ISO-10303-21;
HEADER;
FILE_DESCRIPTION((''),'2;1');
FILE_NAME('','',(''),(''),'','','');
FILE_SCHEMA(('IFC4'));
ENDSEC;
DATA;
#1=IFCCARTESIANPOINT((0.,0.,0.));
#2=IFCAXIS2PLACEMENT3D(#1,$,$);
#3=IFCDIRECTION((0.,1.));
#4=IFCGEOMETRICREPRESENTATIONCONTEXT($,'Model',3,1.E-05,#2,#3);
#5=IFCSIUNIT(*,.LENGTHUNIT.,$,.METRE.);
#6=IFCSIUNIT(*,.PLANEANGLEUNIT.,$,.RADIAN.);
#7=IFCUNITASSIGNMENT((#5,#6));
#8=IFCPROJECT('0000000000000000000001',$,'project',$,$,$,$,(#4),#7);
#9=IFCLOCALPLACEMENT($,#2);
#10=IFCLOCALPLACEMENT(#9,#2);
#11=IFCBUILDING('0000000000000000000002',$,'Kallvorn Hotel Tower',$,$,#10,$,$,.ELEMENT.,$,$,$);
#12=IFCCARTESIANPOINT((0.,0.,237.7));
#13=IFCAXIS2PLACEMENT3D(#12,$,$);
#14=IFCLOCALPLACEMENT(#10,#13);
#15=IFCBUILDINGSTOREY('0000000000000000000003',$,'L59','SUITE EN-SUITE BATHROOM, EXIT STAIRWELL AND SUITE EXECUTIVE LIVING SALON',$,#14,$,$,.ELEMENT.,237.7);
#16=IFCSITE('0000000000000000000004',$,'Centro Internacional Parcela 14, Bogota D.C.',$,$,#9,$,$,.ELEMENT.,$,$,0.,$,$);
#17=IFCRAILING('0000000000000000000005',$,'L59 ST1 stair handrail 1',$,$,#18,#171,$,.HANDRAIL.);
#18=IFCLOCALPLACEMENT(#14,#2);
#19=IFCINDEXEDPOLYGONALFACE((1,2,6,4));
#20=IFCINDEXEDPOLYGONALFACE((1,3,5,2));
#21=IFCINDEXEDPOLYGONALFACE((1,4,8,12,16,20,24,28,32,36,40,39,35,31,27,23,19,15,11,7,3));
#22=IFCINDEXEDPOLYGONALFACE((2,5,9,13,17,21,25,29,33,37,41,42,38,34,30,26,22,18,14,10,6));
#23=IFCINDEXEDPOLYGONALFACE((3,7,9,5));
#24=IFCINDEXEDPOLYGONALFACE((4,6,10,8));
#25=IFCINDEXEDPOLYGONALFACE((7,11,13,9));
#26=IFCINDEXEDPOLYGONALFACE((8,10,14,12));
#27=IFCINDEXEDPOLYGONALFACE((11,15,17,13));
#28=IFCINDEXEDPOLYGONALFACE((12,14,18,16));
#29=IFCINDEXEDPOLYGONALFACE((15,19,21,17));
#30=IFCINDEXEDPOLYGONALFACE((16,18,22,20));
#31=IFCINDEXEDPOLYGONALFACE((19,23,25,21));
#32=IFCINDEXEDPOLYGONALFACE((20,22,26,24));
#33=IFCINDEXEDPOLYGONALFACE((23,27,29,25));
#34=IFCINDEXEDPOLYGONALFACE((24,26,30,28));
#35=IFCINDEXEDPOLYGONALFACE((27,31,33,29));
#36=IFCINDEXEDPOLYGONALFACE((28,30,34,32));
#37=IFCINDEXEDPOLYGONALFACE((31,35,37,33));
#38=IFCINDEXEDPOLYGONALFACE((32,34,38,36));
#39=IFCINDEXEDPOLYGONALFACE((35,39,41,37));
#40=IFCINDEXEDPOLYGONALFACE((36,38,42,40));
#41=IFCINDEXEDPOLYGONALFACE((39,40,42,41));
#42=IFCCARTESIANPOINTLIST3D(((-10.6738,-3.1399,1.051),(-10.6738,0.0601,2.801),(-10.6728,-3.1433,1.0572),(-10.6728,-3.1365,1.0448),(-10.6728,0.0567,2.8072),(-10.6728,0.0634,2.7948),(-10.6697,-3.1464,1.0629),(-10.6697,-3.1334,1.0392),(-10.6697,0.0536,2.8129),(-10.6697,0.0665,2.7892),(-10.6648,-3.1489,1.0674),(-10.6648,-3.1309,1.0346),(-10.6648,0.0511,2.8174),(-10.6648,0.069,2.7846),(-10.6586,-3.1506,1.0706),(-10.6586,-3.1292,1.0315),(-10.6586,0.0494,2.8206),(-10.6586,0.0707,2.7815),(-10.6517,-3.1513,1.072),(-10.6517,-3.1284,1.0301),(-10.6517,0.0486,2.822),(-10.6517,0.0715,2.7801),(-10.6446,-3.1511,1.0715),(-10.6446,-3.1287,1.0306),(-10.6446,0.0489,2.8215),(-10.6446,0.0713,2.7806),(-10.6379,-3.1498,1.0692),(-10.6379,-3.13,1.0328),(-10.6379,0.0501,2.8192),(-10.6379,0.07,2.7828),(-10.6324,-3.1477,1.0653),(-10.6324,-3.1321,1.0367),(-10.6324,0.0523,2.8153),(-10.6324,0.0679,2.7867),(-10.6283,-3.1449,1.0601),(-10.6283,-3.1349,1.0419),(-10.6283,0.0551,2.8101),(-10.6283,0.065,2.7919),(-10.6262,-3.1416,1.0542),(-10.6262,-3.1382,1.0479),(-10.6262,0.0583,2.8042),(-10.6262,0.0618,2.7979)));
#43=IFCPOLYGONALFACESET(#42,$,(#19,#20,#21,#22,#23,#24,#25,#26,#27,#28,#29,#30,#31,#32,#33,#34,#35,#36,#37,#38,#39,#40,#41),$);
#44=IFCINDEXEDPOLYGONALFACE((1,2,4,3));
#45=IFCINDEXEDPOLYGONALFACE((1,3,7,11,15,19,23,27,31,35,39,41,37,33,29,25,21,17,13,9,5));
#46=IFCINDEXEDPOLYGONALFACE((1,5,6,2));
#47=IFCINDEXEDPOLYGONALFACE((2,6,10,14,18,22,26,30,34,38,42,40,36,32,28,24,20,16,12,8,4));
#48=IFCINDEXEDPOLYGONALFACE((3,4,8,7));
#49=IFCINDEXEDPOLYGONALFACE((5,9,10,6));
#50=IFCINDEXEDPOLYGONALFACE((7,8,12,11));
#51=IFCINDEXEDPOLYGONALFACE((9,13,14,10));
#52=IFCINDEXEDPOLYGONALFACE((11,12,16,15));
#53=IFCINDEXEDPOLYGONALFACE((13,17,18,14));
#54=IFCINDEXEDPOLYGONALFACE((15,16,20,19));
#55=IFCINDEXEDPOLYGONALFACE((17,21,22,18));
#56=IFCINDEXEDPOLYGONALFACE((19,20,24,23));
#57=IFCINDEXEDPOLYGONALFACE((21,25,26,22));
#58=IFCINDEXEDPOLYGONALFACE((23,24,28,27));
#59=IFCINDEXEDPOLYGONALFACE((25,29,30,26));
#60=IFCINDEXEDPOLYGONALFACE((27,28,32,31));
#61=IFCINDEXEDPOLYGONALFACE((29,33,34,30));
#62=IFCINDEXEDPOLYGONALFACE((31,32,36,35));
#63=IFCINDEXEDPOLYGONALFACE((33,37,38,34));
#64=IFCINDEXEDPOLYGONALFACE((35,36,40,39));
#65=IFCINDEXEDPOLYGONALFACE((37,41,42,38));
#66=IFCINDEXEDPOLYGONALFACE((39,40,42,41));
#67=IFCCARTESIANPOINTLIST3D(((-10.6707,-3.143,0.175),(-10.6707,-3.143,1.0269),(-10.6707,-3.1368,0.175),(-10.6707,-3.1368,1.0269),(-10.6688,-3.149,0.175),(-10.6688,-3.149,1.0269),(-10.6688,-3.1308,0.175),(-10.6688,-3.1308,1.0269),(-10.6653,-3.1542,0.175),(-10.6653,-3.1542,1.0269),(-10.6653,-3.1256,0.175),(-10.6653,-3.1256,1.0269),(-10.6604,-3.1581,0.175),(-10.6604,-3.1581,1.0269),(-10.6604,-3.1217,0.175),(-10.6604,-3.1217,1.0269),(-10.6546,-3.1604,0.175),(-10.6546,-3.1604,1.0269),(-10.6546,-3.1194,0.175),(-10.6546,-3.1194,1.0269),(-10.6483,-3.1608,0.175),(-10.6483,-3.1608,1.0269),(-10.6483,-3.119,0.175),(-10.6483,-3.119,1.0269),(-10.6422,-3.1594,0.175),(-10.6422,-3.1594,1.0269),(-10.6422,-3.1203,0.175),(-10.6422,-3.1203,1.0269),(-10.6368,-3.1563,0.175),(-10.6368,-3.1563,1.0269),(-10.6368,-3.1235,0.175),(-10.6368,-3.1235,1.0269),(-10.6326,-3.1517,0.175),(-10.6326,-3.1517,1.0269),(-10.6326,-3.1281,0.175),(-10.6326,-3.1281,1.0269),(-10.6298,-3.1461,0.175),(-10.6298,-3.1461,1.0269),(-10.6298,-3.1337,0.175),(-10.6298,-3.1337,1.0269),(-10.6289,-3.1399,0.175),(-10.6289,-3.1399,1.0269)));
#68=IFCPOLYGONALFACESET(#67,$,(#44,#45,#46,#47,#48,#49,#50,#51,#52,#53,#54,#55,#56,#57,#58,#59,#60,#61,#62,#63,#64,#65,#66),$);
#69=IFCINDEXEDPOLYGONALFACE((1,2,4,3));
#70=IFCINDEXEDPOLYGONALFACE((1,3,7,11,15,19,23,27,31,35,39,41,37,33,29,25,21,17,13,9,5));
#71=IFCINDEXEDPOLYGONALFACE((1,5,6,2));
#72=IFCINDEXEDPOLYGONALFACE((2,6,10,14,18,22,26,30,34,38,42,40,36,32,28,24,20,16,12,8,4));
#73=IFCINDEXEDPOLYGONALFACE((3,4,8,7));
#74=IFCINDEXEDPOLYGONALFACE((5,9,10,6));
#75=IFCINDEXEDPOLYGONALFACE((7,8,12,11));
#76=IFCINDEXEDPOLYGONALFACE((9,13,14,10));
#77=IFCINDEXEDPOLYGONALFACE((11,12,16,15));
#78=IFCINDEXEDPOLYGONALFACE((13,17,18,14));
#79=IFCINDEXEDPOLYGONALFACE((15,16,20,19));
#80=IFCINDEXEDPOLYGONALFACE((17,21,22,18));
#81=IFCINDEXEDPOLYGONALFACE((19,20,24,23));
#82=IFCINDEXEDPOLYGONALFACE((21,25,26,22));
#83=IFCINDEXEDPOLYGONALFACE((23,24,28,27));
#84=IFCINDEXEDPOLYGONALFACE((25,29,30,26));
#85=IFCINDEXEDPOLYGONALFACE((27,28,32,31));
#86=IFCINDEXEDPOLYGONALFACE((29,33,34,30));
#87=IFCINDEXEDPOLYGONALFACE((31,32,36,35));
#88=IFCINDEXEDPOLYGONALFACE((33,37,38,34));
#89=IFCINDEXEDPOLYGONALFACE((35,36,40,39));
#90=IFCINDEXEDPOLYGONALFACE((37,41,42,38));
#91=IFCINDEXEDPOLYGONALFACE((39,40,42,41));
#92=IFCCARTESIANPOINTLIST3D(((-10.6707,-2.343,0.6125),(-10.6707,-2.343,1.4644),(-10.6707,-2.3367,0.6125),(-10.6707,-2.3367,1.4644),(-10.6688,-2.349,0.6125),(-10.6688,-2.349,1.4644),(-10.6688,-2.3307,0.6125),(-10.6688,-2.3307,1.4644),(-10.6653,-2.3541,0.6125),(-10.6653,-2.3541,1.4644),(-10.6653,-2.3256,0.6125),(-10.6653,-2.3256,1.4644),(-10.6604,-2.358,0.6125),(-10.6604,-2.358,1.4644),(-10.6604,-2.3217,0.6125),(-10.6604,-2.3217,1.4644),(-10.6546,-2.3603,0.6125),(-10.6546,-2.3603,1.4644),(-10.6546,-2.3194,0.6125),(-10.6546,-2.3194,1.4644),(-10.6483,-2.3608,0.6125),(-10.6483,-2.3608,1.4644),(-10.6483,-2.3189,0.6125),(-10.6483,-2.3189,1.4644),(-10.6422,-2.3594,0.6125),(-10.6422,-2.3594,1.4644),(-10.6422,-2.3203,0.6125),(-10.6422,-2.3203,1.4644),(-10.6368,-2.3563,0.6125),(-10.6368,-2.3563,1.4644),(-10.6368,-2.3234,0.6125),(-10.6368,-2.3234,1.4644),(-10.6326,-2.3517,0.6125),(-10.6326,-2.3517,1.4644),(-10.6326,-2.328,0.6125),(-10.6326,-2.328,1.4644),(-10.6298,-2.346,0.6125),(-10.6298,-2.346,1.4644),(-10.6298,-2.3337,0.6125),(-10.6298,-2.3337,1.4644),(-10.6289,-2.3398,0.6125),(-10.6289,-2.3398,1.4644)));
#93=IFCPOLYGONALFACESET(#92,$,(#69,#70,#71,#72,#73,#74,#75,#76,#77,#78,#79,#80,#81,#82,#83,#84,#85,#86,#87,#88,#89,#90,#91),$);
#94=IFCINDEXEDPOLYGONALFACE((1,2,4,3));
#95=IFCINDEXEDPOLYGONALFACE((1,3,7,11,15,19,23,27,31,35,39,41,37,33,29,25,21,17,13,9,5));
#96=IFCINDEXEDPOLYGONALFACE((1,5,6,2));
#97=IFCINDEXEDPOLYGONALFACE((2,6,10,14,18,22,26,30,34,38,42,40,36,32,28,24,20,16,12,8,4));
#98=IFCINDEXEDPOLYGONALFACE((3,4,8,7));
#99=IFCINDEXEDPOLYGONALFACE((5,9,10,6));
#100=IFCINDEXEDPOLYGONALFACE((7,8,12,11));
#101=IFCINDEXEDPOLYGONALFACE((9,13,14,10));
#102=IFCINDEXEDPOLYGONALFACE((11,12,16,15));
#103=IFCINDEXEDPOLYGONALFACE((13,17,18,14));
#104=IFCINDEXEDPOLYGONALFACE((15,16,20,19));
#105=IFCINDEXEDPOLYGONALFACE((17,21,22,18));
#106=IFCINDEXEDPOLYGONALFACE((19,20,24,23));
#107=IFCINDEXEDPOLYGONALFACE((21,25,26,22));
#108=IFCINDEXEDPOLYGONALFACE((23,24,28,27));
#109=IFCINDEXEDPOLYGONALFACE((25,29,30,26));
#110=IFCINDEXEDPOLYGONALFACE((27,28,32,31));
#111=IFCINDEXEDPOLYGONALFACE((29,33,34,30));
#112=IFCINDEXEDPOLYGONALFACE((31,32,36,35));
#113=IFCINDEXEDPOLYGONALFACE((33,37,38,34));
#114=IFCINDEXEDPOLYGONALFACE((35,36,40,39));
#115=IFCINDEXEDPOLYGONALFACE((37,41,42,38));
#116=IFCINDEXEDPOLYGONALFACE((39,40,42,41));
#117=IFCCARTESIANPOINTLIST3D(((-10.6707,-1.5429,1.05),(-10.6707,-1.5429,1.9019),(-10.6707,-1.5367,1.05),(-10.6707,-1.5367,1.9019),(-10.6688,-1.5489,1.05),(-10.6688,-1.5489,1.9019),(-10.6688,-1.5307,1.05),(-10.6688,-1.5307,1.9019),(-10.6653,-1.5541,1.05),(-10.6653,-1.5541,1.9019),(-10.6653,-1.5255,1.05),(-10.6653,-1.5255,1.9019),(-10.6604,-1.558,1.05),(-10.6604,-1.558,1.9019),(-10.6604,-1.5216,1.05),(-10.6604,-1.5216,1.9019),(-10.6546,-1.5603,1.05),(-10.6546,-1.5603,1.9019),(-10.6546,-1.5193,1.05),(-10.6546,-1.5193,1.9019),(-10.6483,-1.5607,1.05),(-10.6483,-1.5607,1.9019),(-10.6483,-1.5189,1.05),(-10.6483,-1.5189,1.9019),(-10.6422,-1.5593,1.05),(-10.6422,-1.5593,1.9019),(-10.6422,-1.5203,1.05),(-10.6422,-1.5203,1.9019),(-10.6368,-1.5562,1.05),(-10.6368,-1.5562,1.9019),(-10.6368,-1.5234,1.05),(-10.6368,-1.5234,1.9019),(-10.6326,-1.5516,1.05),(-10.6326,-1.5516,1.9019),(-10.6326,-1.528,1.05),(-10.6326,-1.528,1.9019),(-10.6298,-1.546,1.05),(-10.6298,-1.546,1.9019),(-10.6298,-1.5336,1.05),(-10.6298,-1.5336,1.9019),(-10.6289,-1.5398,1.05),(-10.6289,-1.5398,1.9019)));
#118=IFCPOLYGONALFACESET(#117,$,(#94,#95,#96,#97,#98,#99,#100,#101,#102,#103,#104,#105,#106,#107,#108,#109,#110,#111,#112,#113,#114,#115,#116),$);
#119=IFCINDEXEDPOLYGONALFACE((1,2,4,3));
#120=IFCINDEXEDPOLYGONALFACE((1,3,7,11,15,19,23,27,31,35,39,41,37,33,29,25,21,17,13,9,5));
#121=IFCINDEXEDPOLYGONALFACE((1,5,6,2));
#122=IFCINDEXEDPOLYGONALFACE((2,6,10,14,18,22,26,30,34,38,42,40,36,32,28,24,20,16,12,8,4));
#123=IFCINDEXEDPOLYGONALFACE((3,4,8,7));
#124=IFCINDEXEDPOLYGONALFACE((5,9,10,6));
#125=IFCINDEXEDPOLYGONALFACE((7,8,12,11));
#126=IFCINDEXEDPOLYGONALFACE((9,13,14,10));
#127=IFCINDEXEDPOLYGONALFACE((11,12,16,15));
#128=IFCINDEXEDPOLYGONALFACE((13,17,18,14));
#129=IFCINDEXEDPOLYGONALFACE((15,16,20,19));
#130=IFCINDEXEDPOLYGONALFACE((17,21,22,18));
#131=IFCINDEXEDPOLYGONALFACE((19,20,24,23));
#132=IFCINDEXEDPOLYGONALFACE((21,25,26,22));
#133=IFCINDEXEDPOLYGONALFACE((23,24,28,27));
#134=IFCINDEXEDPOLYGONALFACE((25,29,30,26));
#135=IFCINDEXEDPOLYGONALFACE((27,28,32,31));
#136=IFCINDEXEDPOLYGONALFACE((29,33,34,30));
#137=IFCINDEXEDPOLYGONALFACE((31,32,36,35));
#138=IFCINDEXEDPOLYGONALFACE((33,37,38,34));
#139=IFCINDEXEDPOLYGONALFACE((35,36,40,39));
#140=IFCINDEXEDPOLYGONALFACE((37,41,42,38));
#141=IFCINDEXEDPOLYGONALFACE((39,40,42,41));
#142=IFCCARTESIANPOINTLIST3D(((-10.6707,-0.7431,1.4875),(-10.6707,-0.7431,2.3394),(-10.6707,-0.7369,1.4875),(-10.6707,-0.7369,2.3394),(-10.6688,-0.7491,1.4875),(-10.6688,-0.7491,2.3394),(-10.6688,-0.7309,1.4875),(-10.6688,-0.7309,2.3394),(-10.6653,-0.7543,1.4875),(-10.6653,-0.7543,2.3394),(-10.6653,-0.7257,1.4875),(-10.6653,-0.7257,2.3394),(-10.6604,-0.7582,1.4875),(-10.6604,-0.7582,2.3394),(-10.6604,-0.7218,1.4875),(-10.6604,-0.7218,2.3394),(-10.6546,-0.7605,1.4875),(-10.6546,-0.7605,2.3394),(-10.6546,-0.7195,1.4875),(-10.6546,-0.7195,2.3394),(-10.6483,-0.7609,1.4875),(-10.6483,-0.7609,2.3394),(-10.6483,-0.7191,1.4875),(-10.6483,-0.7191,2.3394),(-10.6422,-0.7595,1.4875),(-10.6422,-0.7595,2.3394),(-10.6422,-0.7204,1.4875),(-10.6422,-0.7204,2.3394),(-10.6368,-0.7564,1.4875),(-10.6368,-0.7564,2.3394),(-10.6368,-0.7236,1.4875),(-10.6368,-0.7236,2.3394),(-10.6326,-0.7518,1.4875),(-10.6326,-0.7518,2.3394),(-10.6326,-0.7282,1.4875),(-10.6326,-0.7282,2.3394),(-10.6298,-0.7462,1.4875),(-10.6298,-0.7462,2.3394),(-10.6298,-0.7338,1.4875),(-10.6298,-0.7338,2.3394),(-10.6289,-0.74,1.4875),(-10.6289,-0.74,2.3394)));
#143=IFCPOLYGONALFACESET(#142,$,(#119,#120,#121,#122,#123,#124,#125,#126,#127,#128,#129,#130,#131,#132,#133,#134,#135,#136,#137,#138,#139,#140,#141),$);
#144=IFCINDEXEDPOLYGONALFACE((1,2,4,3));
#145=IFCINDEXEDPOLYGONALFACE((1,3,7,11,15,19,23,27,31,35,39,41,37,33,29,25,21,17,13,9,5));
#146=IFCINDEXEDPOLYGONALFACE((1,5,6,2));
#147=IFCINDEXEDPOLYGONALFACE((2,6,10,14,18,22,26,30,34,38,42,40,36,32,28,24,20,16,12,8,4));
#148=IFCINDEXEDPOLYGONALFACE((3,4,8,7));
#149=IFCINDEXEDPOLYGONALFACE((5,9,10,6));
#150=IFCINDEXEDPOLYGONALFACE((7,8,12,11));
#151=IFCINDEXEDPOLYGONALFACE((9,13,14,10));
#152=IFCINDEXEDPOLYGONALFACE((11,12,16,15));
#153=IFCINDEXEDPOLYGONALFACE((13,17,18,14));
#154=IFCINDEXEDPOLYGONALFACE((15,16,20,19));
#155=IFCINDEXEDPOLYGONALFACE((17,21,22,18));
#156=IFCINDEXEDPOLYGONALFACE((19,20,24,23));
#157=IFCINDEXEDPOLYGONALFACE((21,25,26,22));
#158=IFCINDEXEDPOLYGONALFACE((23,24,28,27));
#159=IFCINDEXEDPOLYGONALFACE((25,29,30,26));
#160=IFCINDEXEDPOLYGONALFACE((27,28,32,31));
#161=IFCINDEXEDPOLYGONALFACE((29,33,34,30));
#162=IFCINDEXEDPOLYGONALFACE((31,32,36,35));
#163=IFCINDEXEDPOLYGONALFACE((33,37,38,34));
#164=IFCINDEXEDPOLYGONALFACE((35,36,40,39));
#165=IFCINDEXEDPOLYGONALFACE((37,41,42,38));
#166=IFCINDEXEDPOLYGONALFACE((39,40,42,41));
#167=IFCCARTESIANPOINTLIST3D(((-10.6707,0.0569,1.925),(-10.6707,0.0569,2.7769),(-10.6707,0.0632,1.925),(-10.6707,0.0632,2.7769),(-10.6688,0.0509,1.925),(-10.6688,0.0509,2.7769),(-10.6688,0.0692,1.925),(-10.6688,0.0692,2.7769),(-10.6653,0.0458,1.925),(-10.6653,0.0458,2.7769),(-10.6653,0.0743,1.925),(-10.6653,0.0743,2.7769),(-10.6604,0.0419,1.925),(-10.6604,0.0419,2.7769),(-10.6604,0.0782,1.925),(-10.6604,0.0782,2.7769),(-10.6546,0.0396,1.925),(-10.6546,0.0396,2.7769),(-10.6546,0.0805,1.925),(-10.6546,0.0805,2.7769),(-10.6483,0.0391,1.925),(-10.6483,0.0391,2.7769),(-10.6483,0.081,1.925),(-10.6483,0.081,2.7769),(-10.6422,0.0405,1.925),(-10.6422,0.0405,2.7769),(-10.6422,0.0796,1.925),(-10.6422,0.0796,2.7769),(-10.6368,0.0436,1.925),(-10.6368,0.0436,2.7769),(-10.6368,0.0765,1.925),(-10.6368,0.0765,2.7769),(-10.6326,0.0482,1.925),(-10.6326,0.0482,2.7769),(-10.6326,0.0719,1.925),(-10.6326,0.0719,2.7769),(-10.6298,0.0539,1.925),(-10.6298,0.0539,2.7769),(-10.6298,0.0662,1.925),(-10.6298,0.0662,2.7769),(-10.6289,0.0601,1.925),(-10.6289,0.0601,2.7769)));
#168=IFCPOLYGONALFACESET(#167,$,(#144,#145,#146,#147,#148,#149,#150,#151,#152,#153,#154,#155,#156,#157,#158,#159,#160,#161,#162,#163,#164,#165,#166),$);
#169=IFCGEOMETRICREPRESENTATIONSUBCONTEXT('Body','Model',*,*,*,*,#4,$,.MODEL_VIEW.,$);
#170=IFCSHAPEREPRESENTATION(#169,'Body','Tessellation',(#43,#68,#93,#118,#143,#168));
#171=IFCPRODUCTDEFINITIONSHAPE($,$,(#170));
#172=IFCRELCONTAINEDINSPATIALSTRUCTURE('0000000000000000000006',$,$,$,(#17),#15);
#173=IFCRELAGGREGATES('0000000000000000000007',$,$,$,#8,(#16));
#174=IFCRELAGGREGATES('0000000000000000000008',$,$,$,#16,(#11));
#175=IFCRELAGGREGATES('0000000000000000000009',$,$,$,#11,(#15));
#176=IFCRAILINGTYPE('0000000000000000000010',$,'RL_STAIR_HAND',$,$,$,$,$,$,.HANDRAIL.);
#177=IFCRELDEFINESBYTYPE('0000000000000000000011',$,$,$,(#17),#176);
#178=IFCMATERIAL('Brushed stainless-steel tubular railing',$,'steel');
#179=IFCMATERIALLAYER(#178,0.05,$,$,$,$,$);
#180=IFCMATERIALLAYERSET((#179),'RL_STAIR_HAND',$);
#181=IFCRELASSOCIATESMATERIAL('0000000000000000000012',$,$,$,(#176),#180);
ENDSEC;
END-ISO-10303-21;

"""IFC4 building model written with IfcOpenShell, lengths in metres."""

from ifc_helpers import new_model, si_unit, direction, frame, origin, origin_2d, place, context, subcontext, project, spatial, circle, extrude, material, layer, layer_set, type_object, element, save


model = new_model("IFC4")

# Units and contexts
model_context = context("Model", 3, precision=1e-05, world=origin(), true_north=direction((0.0, 1.0)))
body_context = subcontext(model_context, "Body", "Model", "MODEL_VIEW")
ifc_project = project(units=[si_unit("LENGTHUNIT", "METRE"), si_unit("PLANEANGLEUNIT", "RADIAN")], contexts=[model_context])

# Site, building, storey
site_placement = place(None, origin())
site = spatial("IfcSite", under=ifc_project, at=site_placement, Name="Centro Internacional Parcela 14, Bogota D.C.", CompositionType="ELEMENT", RefElevation=0.0)
building_placement = place(site_placement, origin())
building = spatial("IfcBuilding", under=site, at=building_placement, Name="Kallvorn Hotel Tower", CompositionType="ELEMENT")
storey_placement = place(building_placement, frame((0.0, 0.0, 237.7)))
storey = spatial("IfcBuildingStorey", under=building, at=storey_placement, Name="L59", Description="SUITE EN-SUITE BATHROOM, EXIT STAIRWELL AND SUITE EXECUTIVE LIVING SALON", CompositionType="ELEMENT", Elevation=237.7)

# Railing
ifc_material_1 = material(Name="Brushed stainless-steel tubular railing", Category="steel")
ifc_layer_1 = layer(ifc_material_1, 0.05)
ifc_layer_set_1 = layer_set([ifc_layer_1], Name="RL_STAIR_HAND")
railing_type_1 = type_object("IfcRailingType", Name="RL_STAIR_HAND", PredefinedType="HANDRAIL", material=ifc_layer_set_1)
railing_1_placement = place(storey_placement, frame((-10.6499, -3.1399, 0.175)))
element("IfcRailing", 1, at=railing_1_placement, inside=storey, type_object=railing_type_1, Name="L59 ST1 stair handrail 1", PredefinedType="HANDRAIL", context=body_context, shape_type="SweptSolid", body=[
    extrude(circle(Radius=0.0239, at=origin_2d()), frame((0.0, 0.0, 0.876), z_axis=(0.0, 0.877368, 0.479818), x_axis=(-1.0, 0.0, 0.0)), (0.0, 0.0, 1.0), 3.6472),
    extrude(circle(Radius=0.021, at=origin_2d()), origin(), (0.0, 0.0, 1.0), 0.8518),
    extrude(circle(Radius=0.021, at=origin_2d()), frame((0.0, 0.8, 0.4375)), (0.0, 0.0, 1.0), 0.8518),
    extrude(circle(Radius=0.021, at=origin_2d()), frame((0.0, 1.6001, 0.875)), (0.0, 0.0, 1.0), 0.8518),
    extrude(circle(Radius=0.021, at=origin_2d()), frame((0.0, 2.3999, 1.3125)), (0.0, 0.0, 1.0), 0.8518),
    extrude(circle(Radius=0.021, at=origin_2d()), frame((0.0, 3.2, 1.75)), (0.0, 0.0, 1.0), 0.8518),
])

save(model, "model.ifc")
